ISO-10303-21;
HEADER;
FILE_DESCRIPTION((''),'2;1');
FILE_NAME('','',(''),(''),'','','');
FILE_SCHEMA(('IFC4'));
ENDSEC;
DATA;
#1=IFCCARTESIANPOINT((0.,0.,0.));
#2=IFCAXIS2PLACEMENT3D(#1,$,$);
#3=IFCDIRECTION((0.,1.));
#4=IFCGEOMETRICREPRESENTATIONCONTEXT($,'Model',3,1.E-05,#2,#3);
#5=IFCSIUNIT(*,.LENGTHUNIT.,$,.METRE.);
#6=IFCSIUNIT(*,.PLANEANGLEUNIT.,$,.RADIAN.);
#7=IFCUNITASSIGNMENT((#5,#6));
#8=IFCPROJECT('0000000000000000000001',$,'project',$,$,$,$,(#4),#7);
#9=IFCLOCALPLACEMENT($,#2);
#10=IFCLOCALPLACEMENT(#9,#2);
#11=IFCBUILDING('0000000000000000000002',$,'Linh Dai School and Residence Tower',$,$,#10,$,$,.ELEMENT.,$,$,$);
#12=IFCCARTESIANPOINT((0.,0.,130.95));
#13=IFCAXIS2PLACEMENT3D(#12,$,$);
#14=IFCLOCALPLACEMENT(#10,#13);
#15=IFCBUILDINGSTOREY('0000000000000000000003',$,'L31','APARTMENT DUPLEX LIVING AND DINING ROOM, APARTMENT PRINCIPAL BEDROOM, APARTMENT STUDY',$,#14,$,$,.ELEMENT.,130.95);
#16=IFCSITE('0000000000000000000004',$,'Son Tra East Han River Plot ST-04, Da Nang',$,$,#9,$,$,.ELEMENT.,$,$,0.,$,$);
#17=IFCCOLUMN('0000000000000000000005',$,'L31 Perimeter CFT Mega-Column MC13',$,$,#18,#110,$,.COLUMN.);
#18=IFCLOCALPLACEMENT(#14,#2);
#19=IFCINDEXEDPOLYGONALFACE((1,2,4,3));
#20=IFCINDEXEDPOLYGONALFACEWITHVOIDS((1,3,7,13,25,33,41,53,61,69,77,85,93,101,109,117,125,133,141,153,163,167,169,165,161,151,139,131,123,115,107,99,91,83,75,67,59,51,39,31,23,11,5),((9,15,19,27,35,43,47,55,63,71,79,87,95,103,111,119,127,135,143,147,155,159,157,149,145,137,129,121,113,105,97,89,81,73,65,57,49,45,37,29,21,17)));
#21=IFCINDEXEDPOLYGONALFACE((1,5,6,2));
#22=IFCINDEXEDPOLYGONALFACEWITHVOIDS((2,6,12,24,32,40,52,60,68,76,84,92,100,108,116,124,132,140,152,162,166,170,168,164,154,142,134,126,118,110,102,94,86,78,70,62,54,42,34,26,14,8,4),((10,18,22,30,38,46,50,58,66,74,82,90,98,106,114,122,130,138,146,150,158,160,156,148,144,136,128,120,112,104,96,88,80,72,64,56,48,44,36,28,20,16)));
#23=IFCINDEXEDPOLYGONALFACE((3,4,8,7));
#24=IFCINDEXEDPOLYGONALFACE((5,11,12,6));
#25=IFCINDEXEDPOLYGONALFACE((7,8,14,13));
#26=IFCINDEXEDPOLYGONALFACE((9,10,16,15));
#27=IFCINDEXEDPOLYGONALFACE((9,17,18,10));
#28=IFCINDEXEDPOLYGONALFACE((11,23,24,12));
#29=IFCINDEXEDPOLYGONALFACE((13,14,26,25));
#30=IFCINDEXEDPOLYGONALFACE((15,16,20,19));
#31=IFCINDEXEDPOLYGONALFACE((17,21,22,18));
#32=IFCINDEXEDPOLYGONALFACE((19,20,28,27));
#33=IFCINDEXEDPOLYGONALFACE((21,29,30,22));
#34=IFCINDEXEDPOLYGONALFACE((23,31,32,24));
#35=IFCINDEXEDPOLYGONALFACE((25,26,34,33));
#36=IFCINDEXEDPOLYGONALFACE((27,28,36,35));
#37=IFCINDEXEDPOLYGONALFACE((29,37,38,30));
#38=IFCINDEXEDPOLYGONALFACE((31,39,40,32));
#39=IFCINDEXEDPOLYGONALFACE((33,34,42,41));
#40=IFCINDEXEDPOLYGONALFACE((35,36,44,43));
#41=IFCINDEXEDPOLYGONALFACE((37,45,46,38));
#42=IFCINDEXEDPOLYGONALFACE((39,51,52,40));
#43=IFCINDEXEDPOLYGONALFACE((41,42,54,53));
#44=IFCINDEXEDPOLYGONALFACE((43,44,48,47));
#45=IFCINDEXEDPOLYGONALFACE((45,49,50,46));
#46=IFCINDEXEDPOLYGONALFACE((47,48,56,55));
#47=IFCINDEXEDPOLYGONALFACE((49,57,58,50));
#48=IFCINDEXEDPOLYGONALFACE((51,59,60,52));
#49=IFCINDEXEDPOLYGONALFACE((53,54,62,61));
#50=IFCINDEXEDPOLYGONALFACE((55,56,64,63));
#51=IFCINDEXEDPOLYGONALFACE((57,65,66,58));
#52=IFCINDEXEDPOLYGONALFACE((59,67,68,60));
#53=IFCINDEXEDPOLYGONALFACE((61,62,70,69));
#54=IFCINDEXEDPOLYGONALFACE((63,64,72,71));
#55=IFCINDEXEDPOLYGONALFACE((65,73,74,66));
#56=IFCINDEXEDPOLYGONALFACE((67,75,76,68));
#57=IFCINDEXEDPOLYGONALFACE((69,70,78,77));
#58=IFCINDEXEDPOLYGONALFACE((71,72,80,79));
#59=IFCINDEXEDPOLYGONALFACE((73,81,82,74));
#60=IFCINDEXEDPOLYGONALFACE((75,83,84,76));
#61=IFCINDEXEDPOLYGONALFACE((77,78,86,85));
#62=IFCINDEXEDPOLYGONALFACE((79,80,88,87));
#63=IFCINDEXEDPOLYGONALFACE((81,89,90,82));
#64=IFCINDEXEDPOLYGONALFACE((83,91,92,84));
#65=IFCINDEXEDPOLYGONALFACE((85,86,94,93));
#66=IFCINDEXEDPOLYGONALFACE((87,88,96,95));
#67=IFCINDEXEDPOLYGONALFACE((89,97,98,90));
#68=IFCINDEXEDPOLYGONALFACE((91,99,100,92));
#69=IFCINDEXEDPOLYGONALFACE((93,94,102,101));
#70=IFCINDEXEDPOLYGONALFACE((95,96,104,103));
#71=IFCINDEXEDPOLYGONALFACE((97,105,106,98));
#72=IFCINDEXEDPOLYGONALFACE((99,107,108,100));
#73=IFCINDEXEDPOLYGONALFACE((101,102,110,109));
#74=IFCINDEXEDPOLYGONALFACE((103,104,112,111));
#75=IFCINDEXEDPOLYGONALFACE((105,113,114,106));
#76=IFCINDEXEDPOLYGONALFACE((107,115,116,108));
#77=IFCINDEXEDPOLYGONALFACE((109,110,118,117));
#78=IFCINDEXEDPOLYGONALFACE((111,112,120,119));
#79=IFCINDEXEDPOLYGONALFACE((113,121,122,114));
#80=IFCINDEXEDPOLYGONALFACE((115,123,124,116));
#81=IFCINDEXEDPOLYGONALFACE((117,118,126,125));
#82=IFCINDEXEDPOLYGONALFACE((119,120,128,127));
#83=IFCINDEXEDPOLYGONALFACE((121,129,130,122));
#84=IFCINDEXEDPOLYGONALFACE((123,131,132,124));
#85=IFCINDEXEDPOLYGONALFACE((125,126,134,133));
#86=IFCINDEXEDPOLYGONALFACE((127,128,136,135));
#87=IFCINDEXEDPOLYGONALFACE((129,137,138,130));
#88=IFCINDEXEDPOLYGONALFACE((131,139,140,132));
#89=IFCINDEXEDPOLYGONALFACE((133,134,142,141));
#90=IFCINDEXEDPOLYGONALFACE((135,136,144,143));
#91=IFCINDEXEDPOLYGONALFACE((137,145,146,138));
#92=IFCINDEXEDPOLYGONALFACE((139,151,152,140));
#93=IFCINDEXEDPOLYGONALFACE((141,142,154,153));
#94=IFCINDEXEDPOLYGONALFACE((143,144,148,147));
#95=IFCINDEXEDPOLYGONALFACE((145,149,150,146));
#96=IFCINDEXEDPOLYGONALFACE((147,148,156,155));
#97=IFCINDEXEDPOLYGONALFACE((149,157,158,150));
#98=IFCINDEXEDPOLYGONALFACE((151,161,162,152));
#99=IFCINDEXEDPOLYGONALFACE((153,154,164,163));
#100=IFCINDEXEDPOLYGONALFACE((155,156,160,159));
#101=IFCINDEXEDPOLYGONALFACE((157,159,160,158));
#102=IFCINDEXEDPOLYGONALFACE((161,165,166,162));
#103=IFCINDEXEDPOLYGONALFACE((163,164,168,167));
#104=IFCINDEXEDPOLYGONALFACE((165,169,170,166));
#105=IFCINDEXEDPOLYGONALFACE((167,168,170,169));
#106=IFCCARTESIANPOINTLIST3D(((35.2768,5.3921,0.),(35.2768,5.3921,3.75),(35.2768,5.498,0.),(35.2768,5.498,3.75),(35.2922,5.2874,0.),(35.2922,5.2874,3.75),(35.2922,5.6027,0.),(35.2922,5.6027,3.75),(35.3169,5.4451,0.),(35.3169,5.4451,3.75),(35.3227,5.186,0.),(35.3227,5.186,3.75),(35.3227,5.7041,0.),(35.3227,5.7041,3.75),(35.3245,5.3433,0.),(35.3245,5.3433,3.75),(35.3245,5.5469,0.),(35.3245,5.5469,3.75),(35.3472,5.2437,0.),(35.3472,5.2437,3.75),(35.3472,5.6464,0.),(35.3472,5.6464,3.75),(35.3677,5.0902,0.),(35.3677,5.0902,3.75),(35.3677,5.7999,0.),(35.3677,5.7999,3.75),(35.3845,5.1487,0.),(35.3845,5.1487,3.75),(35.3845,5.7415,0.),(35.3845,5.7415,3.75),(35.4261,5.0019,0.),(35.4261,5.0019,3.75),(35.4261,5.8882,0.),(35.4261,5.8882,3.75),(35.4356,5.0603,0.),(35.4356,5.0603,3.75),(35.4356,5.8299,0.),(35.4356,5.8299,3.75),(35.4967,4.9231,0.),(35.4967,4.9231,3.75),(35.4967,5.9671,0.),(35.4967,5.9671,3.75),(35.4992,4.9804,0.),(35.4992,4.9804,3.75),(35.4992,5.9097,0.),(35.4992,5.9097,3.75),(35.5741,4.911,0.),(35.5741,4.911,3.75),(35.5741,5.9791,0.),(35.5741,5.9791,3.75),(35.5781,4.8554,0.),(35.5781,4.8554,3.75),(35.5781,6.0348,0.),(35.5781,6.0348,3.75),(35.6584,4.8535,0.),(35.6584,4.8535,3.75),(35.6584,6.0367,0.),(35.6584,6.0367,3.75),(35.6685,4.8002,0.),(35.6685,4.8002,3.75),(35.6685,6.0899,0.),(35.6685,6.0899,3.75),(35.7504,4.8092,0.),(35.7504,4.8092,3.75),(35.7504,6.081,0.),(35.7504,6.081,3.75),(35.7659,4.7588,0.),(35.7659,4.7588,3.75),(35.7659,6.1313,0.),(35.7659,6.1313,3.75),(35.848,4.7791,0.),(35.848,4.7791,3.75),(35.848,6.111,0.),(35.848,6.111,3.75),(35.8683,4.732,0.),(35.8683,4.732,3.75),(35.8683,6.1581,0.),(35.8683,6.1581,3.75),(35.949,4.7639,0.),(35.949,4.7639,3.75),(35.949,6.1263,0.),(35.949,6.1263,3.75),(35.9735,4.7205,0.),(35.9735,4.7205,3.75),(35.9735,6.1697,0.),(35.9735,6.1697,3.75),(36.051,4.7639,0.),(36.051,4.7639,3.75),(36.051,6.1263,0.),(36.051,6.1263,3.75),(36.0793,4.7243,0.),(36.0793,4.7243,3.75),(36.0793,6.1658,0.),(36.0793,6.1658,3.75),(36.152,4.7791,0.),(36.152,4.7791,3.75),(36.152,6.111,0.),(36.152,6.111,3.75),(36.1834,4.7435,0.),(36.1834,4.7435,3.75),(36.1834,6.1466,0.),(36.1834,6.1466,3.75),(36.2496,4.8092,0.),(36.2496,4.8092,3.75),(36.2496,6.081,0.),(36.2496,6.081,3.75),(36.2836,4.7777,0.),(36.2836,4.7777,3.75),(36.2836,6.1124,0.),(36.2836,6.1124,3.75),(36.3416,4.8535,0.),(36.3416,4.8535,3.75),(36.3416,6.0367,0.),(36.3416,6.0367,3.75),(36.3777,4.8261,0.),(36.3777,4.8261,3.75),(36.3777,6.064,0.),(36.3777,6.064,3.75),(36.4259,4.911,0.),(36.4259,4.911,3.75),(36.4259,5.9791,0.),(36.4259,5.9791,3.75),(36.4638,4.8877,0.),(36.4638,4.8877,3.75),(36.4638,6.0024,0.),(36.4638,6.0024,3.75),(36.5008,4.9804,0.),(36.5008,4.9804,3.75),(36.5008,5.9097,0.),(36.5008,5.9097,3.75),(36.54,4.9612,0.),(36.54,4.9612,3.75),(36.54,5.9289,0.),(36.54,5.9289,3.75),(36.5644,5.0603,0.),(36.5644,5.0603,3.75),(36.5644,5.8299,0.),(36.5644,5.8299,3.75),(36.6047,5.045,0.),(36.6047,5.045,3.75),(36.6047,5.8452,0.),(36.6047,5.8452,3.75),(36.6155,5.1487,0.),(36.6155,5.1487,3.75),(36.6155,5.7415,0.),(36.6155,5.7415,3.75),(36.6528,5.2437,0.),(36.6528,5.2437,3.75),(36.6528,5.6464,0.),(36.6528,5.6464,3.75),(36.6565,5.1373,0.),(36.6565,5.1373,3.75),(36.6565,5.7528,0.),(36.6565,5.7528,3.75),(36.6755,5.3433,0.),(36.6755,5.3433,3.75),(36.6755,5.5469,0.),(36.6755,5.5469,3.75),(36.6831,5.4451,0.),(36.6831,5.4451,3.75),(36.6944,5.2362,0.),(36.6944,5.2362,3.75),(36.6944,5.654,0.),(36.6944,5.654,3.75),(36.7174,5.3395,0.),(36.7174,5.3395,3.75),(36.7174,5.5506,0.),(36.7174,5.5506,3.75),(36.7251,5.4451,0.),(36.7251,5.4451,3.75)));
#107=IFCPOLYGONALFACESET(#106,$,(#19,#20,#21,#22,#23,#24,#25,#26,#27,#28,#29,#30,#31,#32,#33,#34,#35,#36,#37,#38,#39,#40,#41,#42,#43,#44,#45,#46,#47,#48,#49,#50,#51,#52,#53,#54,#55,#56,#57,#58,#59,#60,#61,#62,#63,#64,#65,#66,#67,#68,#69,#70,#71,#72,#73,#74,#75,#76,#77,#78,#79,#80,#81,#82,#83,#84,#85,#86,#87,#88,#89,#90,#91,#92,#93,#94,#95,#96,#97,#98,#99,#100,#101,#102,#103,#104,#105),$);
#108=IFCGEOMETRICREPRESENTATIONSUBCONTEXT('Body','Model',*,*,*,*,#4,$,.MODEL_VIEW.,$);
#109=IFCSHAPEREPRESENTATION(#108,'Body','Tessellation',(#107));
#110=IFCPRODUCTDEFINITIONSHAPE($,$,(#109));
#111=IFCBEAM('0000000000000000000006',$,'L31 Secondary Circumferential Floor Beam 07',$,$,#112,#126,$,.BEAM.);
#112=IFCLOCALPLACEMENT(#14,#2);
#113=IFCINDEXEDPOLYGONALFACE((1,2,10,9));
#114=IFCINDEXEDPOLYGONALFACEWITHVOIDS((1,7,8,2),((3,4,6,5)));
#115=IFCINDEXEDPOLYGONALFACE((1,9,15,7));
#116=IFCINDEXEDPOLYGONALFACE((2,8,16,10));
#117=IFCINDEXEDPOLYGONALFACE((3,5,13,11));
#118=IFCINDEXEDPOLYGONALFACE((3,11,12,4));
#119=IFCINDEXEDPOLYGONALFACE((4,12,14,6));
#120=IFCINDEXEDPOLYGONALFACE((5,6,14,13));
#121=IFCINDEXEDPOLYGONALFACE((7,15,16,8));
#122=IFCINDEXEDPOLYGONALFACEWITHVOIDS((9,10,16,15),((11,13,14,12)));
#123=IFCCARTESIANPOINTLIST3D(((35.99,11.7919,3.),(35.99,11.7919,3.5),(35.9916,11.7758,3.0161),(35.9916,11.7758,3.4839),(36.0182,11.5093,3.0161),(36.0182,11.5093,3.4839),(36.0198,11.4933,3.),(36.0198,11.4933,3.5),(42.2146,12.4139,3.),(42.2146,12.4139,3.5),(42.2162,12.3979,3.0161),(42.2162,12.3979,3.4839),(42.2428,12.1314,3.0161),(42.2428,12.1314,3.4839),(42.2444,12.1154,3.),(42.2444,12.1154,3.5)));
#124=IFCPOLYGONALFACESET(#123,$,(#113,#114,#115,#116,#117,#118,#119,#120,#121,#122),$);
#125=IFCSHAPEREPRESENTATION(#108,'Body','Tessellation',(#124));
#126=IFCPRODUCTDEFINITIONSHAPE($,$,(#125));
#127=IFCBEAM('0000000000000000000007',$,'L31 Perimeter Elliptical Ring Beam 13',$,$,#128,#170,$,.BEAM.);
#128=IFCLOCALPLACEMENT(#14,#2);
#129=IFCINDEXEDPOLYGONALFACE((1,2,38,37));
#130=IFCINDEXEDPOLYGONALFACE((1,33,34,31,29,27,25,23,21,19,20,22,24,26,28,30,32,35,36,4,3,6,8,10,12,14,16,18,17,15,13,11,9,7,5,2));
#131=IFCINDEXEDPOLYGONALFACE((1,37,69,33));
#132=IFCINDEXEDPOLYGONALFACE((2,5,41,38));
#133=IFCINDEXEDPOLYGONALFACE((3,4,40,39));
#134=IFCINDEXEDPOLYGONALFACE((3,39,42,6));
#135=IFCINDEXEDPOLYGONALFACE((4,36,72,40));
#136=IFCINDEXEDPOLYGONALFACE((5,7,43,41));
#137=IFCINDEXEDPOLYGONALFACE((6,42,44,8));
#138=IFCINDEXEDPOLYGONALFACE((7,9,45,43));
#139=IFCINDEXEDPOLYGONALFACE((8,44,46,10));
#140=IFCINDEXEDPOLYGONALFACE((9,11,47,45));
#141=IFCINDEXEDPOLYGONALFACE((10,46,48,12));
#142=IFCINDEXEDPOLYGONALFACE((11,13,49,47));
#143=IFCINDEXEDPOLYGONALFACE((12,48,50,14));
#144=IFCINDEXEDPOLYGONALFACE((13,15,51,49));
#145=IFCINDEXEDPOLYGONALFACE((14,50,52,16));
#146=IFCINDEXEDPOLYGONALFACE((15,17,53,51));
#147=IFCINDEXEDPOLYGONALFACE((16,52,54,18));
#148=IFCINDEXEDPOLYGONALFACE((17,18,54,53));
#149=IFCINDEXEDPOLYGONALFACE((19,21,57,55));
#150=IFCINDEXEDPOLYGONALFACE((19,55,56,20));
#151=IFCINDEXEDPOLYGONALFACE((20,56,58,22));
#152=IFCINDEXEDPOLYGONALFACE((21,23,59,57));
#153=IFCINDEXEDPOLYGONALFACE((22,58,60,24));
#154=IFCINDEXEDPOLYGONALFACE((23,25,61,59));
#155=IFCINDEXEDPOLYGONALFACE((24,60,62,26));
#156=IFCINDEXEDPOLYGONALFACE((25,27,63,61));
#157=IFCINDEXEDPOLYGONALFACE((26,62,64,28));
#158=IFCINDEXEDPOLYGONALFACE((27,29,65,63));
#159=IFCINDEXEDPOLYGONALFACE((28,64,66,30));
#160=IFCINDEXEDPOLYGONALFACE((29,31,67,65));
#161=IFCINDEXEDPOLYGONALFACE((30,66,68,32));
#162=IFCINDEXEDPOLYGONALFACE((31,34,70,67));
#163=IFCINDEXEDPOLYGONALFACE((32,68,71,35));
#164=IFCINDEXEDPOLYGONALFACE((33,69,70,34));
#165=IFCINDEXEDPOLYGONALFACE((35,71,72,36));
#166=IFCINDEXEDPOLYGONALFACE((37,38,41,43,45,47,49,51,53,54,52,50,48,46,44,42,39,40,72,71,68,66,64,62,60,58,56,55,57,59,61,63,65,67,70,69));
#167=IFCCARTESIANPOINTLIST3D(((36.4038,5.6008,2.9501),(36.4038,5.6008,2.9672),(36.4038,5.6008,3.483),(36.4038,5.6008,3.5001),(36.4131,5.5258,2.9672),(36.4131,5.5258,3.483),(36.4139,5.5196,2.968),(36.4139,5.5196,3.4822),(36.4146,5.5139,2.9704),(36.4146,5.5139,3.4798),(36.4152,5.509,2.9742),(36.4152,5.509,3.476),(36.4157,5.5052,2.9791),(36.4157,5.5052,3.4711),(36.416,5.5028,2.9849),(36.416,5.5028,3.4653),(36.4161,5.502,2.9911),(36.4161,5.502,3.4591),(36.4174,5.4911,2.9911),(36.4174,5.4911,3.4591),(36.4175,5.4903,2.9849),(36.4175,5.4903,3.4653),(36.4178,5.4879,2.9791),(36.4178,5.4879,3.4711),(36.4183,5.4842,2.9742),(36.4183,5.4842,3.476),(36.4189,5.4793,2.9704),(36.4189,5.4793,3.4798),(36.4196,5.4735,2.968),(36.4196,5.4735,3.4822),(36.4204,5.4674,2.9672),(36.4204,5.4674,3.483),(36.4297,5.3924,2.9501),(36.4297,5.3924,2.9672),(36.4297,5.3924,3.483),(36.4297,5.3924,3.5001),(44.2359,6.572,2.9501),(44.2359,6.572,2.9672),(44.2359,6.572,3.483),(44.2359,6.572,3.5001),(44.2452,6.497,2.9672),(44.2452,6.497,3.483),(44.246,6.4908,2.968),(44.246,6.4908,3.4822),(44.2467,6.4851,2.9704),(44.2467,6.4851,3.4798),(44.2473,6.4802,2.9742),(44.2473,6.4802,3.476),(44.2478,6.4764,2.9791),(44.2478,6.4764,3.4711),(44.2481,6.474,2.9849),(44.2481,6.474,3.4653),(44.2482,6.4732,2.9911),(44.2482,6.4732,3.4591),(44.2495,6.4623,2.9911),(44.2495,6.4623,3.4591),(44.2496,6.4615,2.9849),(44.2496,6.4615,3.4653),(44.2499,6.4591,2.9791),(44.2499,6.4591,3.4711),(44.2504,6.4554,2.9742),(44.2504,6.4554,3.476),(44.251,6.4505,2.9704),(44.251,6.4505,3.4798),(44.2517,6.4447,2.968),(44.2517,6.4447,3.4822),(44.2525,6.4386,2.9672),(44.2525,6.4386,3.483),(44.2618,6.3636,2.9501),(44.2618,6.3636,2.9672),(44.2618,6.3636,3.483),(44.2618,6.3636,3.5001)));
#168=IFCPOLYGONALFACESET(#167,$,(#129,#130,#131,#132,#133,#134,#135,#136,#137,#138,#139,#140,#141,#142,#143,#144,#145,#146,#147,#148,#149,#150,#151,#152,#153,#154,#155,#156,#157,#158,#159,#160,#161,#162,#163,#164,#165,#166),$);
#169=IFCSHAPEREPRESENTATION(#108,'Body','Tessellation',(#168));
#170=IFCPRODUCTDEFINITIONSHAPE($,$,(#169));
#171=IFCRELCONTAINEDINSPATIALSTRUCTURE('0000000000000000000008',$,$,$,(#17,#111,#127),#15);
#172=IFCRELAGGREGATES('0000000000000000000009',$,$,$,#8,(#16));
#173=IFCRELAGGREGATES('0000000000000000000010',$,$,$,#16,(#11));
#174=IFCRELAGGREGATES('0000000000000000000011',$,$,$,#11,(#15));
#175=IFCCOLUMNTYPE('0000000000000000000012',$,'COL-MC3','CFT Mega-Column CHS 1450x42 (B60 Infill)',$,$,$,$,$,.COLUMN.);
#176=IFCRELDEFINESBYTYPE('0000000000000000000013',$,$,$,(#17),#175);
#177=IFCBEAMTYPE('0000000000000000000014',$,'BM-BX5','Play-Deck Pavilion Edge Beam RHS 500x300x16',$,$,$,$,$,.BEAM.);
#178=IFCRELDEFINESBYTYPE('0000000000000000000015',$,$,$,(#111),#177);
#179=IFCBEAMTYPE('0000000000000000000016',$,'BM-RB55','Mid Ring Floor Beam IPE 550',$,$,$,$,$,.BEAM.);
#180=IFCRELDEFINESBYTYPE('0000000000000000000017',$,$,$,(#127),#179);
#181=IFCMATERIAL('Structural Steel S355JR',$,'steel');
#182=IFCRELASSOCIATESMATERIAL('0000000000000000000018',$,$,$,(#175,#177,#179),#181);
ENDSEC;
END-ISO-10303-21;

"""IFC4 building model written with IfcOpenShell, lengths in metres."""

from ifc_helpers import new_model, si_unit, direction, frame, origin, origin_2d, place, context, subcontext, project, spatial, hollow_rectangle, hollow_circle, i_section, extrude, material, material_profile, profile_set, type_object, element, save


model = new_model("IFC4")

# Units and contexts
model_context = context("Model", 3, precision=1e-05, world=origin(), true_north=direction((0.0, 1.0)))
body_context = subcontext(model_context, "Body", "Model", "MODEL_VIEW")
ifc_project = project(units=[si_unit("LENGTHUNIT", "METRE"), si_unit("PLANEANGLEUNIT", "RADIAN")], contexts=[model_context])

# Site, building, storey
site_placement = place(None, origin())
site = spatial("IfcSite", under=ifc_project, at=site_placement, Name="Son Tra East Han River Plot ST-04, Da Nang", CompositionType="ELEMENT", RefElevation=0.0)
building_placement = place(site_placement, origin())
building = spatial("IfcBuilding", under=site, at=building_placement, Name="Linh Dai School and Residence Tower", CompositionType="ELEMENT")
storey_placement = place(building_placement, frame((0.0, 0.0, 130.95)))
storey = spatial("IfcBuildingStorey", under=building, at=storey_placement, Name="L31", Description="APARTMENT DUPLEX LIVING AND DINING ROOM, APARTMENT PRINCIPAL BEDROOM, APARTMENT STUDY", CompositionType="ELEMENT", Elevation=130.95)

# Column
ifc_material_1 = material(Name="Structural Steel S355JR", Category="steel")
ifc_material_profile_1 = material_profile(ifc_material_1, hollow_circle(Radius=0.7251, WallThickness=0.042, at=origin_2d()), Name="CHS 1450x42")
ifc_profile_set_1 = profile_set([ifc_material_profile_1], Name="Structural Steel S355JR")
column_type = type_object("IfcColumnType", Name="COL-MC3", Description="CFT Mega-Column CHS 1450x42 (B60 Infill)", PredefinedType="COLUMN", material=ifc_profile_set_1)
column_placement = place(storey_placement, frame((36.0, 5.4451, 0.0), z_axis=(0.0, 0.0, 1.0), x_axis=(1.0, 0.0, 0.0)))
element("IfcColumn", 1, at=column_placement, inside=storey, type_object=column_type, Name="L31 Perimeter CFT Mega-Column MC13", PredefinedType="COLUMN", context=body_context, shape_type="SweptSolid", body=[
    extrude(hollow_circle(Radius=0.7251, WallThickness=0.042, at=origin_2d()), origin(), (0.0, 0.0, 1.0), 3.75),
])

# Beams
ifc_material_profile_2 = material_profile(ifc_material_1, hollow_rectangle(XDim=0.3, YDim=0.5, WallThickness=0.0161, at=origin_2d()), Name="RHS 500x300x16")
ifc_profile_set_2 = profile_set([ifc_material_profile_2], Name="Structural Steel S355JR")
beam_type_1 = type_object("IfcBeamType", Name="BM-BX5", Description="Play-Deck Pavilion Edge Beam RHS 500x300x16", PredefinedType="BEAM", material=ifc_profile_set_2)
beam_1_placement = place(storey_placement, frame((36.0049, 11.6426, 3.25), z_axis=(0.995043, 0.099442, 0.0), x_axis=(-0.099442, 0.995043, 0.0)))
element("IfcBeam", 2, at=beam_1_placement, inside=storey, type_object=beam_type_1, Name="L31 Secondary Circumferential Floor Beam 07", PredefinedType="BEAM", context=body_context, shape_type="SweptSolid", body=[
    extrude(hollow_rectangle(XDim=0.3, YDim=0.5, WallThickness=0.0161, at=origin_2d()), origin(), (0.0, 0.0, 1.0), 6.2556),
])
ifc_material_profile_3 = material_profile(ifc_material_1, i_section(OverallWidth=0.21, OverallDepth=0.55, WebThickness=0.011, FlangeThickness=0.0171, FilletRadius=0.0239, at=origin_2d()), Name="IPE 550")
ifc_profile_set_3 = profile_set([ifc_material_profile_3], Name="Structural Steel S355JR")
beam_type_2 = type_object("IfcBeamType", Name="BM-RB55", Description="Mid Ring Floor Beam IPE 550", PredefinedType="BEAM", material=ifc_profile_set_3)
beam_2_placement = place(storey_placement, frame((36.4167, 5.4966, 3.2251), z_axis=(0.992399, 0.12306, 0.0), x_axis=(-0.12306, 0.992399, 0.0)))
element("IfcBeam", 3, at=beam_2_placement, inside=storey, type_object=beam_type_2, Name="L31 Perimeter Elliptical Ring Beam 13", PredefinedType="BEAM", context=body_context, shape_type="SweptSolid", body=[
    extrude(i_section(OverallWidth=0.21, OverallDepth=0.55, WebThickness=0.011, FlangeThickness=0.0171, FilletRadius=0.0239, at=origin_2d()), origin(), (0.0, 0.0, 1.0), 7.8921),
])

save(model, "model.ifc")
